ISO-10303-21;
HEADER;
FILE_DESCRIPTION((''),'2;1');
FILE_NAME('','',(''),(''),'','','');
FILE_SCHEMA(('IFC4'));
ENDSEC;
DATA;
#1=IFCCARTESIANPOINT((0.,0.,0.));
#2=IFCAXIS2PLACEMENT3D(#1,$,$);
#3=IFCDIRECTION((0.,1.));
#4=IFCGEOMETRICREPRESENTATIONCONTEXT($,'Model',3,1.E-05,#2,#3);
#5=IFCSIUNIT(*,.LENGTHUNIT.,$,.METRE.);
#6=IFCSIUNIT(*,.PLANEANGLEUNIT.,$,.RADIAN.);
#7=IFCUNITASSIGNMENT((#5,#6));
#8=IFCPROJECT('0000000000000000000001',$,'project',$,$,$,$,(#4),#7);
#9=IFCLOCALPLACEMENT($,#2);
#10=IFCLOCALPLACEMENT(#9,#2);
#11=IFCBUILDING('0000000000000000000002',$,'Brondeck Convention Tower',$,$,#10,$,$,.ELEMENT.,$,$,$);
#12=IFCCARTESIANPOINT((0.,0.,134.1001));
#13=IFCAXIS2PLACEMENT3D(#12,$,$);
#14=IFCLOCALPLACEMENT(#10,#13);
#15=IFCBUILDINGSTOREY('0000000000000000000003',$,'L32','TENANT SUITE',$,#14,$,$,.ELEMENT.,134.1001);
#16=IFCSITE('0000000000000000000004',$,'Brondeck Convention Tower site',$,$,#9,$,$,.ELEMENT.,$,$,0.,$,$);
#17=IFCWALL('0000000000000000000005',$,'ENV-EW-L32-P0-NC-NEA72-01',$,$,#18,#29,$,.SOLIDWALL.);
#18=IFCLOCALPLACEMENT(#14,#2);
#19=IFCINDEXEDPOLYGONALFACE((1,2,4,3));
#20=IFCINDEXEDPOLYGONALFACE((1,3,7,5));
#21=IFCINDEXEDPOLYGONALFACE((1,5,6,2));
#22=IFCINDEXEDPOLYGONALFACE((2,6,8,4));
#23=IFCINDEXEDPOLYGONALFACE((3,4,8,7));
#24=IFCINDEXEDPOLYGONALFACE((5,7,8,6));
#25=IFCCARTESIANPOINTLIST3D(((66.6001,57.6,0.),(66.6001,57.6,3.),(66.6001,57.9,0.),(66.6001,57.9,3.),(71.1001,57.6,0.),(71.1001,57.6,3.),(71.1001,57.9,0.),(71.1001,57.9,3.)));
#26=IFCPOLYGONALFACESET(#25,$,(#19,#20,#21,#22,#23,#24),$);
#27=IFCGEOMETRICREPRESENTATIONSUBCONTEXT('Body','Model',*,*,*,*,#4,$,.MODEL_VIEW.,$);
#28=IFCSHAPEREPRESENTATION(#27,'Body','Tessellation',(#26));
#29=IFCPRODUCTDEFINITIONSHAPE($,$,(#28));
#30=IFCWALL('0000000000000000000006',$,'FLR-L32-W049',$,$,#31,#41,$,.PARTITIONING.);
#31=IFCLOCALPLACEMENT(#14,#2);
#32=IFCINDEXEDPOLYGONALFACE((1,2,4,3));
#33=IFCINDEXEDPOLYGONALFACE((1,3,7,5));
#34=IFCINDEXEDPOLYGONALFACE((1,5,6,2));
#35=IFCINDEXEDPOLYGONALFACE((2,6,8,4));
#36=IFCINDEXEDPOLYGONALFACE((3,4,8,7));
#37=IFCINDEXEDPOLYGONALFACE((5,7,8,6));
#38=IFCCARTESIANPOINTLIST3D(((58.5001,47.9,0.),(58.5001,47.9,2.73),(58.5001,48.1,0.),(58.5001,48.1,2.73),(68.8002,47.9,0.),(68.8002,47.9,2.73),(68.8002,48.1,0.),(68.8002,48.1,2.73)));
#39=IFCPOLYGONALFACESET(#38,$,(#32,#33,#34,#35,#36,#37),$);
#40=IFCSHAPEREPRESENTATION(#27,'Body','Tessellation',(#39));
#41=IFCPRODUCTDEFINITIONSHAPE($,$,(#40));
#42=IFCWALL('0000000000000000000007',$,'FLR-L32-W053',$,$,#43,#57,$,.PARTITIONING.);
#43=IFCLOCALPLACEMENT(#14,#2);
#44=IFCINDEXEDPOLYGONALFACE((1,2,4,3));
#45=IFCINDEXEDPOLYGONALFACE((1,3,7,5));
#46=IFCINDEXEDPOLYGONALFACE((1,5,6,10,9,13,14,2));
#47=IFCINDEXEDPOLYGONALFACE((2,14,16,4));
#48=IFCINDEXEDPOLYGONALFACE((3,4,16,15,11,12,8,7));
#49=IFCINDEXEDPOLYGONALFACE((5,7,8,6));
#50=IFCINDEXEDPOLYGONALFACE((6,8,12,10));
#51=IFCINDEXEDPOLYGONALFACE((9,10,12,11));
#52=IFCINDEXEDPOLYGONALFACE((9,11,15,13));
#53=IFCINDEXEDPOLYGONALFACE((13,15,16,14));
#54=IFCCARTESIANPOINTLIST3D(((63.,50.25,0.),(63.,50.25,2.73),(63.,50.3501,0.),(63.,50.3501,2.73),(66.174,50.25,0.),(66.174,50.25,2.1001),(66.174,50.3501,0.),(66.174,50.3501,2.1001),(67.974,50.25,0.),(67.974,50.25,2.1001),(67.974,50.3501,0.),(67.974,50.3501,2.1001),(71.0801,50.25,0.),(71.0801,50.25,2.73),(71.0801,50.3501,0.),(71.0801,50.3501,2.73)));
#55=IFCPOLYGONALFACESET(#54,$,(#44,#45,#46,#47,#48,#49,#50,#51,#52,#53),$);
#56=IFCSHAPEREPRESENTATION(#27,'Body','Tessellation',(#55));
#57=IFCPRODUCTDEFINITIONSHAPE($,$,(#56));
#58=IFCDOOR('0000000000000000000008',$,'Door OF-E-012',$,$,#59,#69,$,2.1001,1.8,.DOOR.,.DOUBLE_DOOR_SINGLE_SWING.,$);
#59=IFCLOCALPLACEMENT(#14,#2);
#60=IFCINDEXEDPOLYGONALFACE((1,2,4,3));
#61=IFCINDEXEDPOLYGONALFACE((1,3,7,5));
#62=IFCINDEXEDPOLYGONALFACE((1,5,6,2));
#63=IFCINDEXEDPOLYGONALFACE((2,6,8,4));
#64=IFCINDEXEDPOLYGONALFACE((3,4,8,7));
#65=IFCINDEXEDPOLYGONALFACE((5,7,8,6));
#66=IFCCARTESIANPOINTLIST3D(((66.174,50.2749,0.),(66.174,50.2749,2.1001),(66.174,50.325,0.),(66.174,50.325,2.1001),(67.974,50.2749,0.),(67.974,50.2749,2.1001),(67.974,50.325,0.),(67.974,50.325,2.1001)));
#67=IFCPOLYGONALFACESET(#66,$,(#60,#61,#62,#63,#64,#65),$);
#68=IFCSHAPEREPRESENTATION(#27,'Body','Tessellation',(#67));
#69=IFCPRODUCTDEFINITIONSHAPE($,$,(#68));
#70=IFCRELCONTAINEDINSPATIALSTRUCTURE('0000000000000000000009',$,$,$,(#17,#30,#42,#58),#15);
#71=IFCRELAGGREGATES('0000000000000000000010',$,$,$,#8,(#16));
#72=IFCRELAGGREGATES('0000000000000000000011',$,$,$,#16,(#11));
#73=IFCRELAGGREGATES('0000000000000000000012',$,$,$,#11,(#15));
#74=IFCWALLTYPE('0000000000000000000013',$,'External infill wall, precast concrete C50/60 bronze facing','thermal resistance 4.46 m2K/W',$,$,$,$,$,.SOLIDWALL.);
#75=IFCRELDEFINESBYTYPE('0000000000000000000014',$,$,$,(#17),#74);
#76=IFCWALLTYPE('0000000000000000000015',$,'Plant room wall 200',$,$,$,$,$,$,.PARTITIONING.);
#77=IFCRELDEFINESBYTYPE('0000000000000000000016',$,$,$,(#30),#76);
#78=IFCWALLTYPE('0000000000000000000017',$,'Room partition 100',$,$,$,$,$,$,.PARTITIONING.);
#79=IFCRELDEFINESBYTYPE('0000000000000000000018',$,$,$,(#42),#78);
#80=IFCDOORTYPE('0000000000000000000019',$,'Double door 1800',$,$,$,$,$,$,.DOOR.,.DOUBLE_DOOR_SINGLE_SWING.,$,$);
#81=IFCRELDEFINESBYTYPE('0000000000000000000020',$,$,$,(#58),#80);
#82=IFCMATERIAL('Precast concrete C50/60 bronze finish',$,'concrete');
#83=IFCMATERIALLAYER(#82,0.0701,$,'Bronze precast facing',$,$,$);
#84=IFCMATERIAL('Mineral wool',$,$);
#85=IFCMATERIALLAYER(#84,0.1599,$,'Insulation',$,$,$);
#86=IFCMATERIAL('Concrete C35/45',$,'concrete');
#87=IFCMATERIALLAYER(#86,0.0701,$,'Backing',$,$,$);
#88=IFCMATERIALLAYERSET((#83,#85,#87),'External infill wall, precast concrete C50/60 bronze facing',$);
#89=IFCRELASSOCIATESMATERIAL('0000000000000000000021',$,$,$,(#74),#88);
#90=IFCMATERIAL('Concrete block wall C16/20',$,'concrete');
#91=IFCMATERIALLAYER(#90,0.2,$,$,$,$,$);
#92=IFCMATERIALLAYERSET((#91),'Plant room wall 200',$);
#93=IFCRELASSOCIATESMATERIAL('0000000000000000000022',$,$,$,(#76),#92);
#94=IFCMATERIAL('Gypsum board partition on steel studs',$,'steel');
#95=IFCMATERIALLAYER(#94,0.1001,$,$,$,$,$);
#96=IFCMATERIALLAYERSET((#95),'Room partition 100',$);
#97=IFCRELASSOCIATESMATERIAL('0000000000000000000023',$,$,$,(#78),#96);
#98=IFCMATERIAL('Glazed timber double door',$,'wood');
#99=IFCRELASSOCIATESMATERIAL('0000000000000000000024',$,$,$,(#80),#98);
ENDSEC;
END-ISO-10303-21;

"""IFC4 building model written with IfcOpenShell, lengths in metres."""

from ifc_helpers import new_model, si_unit, direction, frame, frame_2d, origin, place, context, subcontext, project, spatial, rectangle, extrude, material, layer, layer_set, type_object, element, fill, save


model = new_model("IFC4")

# Units and contexts
model_context = context("Model", 3, precision=1e-05, world=origin(), true_north=direction((0.0, 1.0)))
body_context = subcontext(model_context, "Body", "Model", "MODEL_VIEW")
ifc_project = project(units=[si_unit("LENGTHUNIT", "METRE"), si_unit("PLANEANGLEUNIT", "RADIAN")], contexts=[model_context])

# Site, building, storey
site_placement = place(None, origin())
site = spatial("IfcSite", under=ifc_project, at=site_placement, Name="Brondeck Convention Tower site", CompositionType="ELEMENT", RefElevation=0.0)
building_placement = place(site_placement, origin())
building = spatial("IfcBuilding", under=site, at=building_placement, Name="Brondeck Convention Tower", CompositionType="ELEMENT")
storey_placement = place(building_placement, frame((0.0, 0.0, 134.1001)))
storey = spatial("IfcBuildingStorey", under=building, at=storey_placement, Name="L32", Description="TENANT SUITE", CompositionType="ELEMENT", Elevation=134.1001)

# Walls
ifc_material_1 = material(Name="Precast concrete C50/60 bronze finish", Category="concrete")
ifc_layer_1 = layer(ifc_material_1, 0.0701, Name="Bronze precast facing")
ifc_material_2 = material(Name="Mineral wool")
ifc_layer_2 = layer(ifc_material_2, 0.1599, Name="Insulation")
ifc_material_3 = material(Name="Concrete C35/45", Category="concrete")
ifc_layer_3 = layer(ifc_material_3, 0.0701, Name="Backing")
ifc_layer_set_1 = layer_set([ifc_layer_1, ifc_layer_2, ifc_layer_3], Name="External infill wall, precast concrete C50/60 bronze facing")
wall_type_1 = type_object("IfcWallType", Name="External infill wall, precast concrete C50/60 bronze facing", Description="thermal resistance 4.46 m2K/W", PredefinedType="SOLIDWALL", material=ifc_layer_set_1)
wall_1_placement = place(storey_placement, frame((66.6001, 57.75, 0.0), z_axis=(0.0, 0.0, 1.0), x_axis=(1.0, 0.0, 0.0)))
element("IfcWall", 1, at=wall_1_placement, inside=storey, type_object=wall_type_1, Name="ENV-EW-L32-P0-NC-NEA72-01", PredefinedType="SOLIDWALL", context=body_context, shape_type="SweptSolid", body=[
    extrude(rectangle(XDim=4.5, YDim=0.3, at=frame_2d((2.25, 0.0))), origin(), (0.0, 0.0, 1.0), 3.0),
])
ifc_material_4 = material(Name="Concrete block wall C16/20", Category="concrete")
ifc_layer_4 = layer(ifc_material_4, 0.2)
ifc_layer_set_2 = layer_set([ifc_layer_4], Name="Plant room wall 200")
wall_type_2 = type_object("IfcWallType", Name="Plant room wall 200", PredefinedType="PARTITIONING", material=ifc_layer_set_2)
wall_2_placement = place(storey_placement, frame((68.8, 48.0, 0.0), z_axis=(0.0, 0.0, 1.0), x_axis=(-1.0, 0.0, 0.0)))
element("IfcWall", 2, at=wall_2_placement, inside=storey, type_object=wall_type_2, Name="FLR-L32-W049", PredefinedType="PARTITIONING", context=body_context, shape_type="SweptSolid", body=[
    extrude(rectangle(XDim=10.3, YDim=0.2, at=frame_2d((5.1499, 0.0))), origin(), (0.0, 0.0, 1.0), 2.73),
])

# Wall, opening, door
ifc_material_5 = material(Name="Gypsum board partition on steel studs", Category="steel")
ifc_layer_5 = layer(ifc_material_5, 0.1001)
ifc_layer_set_3 = layer_set([ifc_layer_5], Name="Room partition 100")
wall_type_3 = type_object("IfcWallType", Name="Room partition 100", PredefinedType="PARTITIONING", material=ifc_layer_set_3)
wall_3_placement = place(storey_placement, frame((63.0, 50.3, 0.0), z_axis=(0.0, 0.0, 1.0), x_axis=(1.0, 0.0, 0.0)))
wall_3 = element("IfcWall", 3, at=wall_3_placement, inside=storey, type_object=wall_type_3, Name="FLR-L32-W053", PredefinedType="PARTITIONING", context=body_context, shape_type="SweptSolid", body=[
    extrude(rectangle(XDim=8.0801, YDim=0.1001, at=frame_2d((4.04, 0.0))), origin(), (0.0, 0.0, 1.0), 2.73),
])
opening_placement = place(wall_3_placement, frame((3.1741, 0.0, 0.0)))
opening = element("IfcOpeningElement", 4, at=opening_placement, cuts=wall_3, PredefinedType="OPENING", context=body_context, shape_type="SweptSolid", body=[
    extrude(rectangle(XDim=1.8, YDim=2.1001, at=frame_2d((0.8999, 1.05))), frame((0.0, 0.0601, 0.0), z_axis=(0.0, -1.0, 0.0), x_axis=(1.0, 0.0, 0.0)), (0.0, 0.0, 1.0), 0.1201),
])
ifc_material_6 = material(Name="Glazed timber double door", Category="wood")
door_type = type_object("IfcDoorType", Name="Double door 1800", OperationType="DOUBLE_DOOR_SINGLE_SWING", PredefinedType="DOOR", material=ifc_material_6)
door_placement = place(opening_placement, origin())
door = element("IfcDoor", 5, at=door_placement, inside=storey, type_object=door_type, Name="Door OF-E-012", OperationType="DOUBLE_DOOR_SINGLE_SWING", OverallHeight=2.1001, OverallWidth=1.8, PredefinedType="DOOR", context=body_context, shape_type="SweptSolid", body=[
    extrude(rectangle(XDim=1.8, YDim=2.1001, at=frame_2d((0.8999, 1.05))), frame((0.0, 0.0249, 0.0), z_axis=(0.0, -1.0, 0.0), x_axis=(1.0, 0.0, 0.0)), (0.0, 0.0, 1.0), 0.05),
])
fill(opening, door)

save(model, "model.ifc")
